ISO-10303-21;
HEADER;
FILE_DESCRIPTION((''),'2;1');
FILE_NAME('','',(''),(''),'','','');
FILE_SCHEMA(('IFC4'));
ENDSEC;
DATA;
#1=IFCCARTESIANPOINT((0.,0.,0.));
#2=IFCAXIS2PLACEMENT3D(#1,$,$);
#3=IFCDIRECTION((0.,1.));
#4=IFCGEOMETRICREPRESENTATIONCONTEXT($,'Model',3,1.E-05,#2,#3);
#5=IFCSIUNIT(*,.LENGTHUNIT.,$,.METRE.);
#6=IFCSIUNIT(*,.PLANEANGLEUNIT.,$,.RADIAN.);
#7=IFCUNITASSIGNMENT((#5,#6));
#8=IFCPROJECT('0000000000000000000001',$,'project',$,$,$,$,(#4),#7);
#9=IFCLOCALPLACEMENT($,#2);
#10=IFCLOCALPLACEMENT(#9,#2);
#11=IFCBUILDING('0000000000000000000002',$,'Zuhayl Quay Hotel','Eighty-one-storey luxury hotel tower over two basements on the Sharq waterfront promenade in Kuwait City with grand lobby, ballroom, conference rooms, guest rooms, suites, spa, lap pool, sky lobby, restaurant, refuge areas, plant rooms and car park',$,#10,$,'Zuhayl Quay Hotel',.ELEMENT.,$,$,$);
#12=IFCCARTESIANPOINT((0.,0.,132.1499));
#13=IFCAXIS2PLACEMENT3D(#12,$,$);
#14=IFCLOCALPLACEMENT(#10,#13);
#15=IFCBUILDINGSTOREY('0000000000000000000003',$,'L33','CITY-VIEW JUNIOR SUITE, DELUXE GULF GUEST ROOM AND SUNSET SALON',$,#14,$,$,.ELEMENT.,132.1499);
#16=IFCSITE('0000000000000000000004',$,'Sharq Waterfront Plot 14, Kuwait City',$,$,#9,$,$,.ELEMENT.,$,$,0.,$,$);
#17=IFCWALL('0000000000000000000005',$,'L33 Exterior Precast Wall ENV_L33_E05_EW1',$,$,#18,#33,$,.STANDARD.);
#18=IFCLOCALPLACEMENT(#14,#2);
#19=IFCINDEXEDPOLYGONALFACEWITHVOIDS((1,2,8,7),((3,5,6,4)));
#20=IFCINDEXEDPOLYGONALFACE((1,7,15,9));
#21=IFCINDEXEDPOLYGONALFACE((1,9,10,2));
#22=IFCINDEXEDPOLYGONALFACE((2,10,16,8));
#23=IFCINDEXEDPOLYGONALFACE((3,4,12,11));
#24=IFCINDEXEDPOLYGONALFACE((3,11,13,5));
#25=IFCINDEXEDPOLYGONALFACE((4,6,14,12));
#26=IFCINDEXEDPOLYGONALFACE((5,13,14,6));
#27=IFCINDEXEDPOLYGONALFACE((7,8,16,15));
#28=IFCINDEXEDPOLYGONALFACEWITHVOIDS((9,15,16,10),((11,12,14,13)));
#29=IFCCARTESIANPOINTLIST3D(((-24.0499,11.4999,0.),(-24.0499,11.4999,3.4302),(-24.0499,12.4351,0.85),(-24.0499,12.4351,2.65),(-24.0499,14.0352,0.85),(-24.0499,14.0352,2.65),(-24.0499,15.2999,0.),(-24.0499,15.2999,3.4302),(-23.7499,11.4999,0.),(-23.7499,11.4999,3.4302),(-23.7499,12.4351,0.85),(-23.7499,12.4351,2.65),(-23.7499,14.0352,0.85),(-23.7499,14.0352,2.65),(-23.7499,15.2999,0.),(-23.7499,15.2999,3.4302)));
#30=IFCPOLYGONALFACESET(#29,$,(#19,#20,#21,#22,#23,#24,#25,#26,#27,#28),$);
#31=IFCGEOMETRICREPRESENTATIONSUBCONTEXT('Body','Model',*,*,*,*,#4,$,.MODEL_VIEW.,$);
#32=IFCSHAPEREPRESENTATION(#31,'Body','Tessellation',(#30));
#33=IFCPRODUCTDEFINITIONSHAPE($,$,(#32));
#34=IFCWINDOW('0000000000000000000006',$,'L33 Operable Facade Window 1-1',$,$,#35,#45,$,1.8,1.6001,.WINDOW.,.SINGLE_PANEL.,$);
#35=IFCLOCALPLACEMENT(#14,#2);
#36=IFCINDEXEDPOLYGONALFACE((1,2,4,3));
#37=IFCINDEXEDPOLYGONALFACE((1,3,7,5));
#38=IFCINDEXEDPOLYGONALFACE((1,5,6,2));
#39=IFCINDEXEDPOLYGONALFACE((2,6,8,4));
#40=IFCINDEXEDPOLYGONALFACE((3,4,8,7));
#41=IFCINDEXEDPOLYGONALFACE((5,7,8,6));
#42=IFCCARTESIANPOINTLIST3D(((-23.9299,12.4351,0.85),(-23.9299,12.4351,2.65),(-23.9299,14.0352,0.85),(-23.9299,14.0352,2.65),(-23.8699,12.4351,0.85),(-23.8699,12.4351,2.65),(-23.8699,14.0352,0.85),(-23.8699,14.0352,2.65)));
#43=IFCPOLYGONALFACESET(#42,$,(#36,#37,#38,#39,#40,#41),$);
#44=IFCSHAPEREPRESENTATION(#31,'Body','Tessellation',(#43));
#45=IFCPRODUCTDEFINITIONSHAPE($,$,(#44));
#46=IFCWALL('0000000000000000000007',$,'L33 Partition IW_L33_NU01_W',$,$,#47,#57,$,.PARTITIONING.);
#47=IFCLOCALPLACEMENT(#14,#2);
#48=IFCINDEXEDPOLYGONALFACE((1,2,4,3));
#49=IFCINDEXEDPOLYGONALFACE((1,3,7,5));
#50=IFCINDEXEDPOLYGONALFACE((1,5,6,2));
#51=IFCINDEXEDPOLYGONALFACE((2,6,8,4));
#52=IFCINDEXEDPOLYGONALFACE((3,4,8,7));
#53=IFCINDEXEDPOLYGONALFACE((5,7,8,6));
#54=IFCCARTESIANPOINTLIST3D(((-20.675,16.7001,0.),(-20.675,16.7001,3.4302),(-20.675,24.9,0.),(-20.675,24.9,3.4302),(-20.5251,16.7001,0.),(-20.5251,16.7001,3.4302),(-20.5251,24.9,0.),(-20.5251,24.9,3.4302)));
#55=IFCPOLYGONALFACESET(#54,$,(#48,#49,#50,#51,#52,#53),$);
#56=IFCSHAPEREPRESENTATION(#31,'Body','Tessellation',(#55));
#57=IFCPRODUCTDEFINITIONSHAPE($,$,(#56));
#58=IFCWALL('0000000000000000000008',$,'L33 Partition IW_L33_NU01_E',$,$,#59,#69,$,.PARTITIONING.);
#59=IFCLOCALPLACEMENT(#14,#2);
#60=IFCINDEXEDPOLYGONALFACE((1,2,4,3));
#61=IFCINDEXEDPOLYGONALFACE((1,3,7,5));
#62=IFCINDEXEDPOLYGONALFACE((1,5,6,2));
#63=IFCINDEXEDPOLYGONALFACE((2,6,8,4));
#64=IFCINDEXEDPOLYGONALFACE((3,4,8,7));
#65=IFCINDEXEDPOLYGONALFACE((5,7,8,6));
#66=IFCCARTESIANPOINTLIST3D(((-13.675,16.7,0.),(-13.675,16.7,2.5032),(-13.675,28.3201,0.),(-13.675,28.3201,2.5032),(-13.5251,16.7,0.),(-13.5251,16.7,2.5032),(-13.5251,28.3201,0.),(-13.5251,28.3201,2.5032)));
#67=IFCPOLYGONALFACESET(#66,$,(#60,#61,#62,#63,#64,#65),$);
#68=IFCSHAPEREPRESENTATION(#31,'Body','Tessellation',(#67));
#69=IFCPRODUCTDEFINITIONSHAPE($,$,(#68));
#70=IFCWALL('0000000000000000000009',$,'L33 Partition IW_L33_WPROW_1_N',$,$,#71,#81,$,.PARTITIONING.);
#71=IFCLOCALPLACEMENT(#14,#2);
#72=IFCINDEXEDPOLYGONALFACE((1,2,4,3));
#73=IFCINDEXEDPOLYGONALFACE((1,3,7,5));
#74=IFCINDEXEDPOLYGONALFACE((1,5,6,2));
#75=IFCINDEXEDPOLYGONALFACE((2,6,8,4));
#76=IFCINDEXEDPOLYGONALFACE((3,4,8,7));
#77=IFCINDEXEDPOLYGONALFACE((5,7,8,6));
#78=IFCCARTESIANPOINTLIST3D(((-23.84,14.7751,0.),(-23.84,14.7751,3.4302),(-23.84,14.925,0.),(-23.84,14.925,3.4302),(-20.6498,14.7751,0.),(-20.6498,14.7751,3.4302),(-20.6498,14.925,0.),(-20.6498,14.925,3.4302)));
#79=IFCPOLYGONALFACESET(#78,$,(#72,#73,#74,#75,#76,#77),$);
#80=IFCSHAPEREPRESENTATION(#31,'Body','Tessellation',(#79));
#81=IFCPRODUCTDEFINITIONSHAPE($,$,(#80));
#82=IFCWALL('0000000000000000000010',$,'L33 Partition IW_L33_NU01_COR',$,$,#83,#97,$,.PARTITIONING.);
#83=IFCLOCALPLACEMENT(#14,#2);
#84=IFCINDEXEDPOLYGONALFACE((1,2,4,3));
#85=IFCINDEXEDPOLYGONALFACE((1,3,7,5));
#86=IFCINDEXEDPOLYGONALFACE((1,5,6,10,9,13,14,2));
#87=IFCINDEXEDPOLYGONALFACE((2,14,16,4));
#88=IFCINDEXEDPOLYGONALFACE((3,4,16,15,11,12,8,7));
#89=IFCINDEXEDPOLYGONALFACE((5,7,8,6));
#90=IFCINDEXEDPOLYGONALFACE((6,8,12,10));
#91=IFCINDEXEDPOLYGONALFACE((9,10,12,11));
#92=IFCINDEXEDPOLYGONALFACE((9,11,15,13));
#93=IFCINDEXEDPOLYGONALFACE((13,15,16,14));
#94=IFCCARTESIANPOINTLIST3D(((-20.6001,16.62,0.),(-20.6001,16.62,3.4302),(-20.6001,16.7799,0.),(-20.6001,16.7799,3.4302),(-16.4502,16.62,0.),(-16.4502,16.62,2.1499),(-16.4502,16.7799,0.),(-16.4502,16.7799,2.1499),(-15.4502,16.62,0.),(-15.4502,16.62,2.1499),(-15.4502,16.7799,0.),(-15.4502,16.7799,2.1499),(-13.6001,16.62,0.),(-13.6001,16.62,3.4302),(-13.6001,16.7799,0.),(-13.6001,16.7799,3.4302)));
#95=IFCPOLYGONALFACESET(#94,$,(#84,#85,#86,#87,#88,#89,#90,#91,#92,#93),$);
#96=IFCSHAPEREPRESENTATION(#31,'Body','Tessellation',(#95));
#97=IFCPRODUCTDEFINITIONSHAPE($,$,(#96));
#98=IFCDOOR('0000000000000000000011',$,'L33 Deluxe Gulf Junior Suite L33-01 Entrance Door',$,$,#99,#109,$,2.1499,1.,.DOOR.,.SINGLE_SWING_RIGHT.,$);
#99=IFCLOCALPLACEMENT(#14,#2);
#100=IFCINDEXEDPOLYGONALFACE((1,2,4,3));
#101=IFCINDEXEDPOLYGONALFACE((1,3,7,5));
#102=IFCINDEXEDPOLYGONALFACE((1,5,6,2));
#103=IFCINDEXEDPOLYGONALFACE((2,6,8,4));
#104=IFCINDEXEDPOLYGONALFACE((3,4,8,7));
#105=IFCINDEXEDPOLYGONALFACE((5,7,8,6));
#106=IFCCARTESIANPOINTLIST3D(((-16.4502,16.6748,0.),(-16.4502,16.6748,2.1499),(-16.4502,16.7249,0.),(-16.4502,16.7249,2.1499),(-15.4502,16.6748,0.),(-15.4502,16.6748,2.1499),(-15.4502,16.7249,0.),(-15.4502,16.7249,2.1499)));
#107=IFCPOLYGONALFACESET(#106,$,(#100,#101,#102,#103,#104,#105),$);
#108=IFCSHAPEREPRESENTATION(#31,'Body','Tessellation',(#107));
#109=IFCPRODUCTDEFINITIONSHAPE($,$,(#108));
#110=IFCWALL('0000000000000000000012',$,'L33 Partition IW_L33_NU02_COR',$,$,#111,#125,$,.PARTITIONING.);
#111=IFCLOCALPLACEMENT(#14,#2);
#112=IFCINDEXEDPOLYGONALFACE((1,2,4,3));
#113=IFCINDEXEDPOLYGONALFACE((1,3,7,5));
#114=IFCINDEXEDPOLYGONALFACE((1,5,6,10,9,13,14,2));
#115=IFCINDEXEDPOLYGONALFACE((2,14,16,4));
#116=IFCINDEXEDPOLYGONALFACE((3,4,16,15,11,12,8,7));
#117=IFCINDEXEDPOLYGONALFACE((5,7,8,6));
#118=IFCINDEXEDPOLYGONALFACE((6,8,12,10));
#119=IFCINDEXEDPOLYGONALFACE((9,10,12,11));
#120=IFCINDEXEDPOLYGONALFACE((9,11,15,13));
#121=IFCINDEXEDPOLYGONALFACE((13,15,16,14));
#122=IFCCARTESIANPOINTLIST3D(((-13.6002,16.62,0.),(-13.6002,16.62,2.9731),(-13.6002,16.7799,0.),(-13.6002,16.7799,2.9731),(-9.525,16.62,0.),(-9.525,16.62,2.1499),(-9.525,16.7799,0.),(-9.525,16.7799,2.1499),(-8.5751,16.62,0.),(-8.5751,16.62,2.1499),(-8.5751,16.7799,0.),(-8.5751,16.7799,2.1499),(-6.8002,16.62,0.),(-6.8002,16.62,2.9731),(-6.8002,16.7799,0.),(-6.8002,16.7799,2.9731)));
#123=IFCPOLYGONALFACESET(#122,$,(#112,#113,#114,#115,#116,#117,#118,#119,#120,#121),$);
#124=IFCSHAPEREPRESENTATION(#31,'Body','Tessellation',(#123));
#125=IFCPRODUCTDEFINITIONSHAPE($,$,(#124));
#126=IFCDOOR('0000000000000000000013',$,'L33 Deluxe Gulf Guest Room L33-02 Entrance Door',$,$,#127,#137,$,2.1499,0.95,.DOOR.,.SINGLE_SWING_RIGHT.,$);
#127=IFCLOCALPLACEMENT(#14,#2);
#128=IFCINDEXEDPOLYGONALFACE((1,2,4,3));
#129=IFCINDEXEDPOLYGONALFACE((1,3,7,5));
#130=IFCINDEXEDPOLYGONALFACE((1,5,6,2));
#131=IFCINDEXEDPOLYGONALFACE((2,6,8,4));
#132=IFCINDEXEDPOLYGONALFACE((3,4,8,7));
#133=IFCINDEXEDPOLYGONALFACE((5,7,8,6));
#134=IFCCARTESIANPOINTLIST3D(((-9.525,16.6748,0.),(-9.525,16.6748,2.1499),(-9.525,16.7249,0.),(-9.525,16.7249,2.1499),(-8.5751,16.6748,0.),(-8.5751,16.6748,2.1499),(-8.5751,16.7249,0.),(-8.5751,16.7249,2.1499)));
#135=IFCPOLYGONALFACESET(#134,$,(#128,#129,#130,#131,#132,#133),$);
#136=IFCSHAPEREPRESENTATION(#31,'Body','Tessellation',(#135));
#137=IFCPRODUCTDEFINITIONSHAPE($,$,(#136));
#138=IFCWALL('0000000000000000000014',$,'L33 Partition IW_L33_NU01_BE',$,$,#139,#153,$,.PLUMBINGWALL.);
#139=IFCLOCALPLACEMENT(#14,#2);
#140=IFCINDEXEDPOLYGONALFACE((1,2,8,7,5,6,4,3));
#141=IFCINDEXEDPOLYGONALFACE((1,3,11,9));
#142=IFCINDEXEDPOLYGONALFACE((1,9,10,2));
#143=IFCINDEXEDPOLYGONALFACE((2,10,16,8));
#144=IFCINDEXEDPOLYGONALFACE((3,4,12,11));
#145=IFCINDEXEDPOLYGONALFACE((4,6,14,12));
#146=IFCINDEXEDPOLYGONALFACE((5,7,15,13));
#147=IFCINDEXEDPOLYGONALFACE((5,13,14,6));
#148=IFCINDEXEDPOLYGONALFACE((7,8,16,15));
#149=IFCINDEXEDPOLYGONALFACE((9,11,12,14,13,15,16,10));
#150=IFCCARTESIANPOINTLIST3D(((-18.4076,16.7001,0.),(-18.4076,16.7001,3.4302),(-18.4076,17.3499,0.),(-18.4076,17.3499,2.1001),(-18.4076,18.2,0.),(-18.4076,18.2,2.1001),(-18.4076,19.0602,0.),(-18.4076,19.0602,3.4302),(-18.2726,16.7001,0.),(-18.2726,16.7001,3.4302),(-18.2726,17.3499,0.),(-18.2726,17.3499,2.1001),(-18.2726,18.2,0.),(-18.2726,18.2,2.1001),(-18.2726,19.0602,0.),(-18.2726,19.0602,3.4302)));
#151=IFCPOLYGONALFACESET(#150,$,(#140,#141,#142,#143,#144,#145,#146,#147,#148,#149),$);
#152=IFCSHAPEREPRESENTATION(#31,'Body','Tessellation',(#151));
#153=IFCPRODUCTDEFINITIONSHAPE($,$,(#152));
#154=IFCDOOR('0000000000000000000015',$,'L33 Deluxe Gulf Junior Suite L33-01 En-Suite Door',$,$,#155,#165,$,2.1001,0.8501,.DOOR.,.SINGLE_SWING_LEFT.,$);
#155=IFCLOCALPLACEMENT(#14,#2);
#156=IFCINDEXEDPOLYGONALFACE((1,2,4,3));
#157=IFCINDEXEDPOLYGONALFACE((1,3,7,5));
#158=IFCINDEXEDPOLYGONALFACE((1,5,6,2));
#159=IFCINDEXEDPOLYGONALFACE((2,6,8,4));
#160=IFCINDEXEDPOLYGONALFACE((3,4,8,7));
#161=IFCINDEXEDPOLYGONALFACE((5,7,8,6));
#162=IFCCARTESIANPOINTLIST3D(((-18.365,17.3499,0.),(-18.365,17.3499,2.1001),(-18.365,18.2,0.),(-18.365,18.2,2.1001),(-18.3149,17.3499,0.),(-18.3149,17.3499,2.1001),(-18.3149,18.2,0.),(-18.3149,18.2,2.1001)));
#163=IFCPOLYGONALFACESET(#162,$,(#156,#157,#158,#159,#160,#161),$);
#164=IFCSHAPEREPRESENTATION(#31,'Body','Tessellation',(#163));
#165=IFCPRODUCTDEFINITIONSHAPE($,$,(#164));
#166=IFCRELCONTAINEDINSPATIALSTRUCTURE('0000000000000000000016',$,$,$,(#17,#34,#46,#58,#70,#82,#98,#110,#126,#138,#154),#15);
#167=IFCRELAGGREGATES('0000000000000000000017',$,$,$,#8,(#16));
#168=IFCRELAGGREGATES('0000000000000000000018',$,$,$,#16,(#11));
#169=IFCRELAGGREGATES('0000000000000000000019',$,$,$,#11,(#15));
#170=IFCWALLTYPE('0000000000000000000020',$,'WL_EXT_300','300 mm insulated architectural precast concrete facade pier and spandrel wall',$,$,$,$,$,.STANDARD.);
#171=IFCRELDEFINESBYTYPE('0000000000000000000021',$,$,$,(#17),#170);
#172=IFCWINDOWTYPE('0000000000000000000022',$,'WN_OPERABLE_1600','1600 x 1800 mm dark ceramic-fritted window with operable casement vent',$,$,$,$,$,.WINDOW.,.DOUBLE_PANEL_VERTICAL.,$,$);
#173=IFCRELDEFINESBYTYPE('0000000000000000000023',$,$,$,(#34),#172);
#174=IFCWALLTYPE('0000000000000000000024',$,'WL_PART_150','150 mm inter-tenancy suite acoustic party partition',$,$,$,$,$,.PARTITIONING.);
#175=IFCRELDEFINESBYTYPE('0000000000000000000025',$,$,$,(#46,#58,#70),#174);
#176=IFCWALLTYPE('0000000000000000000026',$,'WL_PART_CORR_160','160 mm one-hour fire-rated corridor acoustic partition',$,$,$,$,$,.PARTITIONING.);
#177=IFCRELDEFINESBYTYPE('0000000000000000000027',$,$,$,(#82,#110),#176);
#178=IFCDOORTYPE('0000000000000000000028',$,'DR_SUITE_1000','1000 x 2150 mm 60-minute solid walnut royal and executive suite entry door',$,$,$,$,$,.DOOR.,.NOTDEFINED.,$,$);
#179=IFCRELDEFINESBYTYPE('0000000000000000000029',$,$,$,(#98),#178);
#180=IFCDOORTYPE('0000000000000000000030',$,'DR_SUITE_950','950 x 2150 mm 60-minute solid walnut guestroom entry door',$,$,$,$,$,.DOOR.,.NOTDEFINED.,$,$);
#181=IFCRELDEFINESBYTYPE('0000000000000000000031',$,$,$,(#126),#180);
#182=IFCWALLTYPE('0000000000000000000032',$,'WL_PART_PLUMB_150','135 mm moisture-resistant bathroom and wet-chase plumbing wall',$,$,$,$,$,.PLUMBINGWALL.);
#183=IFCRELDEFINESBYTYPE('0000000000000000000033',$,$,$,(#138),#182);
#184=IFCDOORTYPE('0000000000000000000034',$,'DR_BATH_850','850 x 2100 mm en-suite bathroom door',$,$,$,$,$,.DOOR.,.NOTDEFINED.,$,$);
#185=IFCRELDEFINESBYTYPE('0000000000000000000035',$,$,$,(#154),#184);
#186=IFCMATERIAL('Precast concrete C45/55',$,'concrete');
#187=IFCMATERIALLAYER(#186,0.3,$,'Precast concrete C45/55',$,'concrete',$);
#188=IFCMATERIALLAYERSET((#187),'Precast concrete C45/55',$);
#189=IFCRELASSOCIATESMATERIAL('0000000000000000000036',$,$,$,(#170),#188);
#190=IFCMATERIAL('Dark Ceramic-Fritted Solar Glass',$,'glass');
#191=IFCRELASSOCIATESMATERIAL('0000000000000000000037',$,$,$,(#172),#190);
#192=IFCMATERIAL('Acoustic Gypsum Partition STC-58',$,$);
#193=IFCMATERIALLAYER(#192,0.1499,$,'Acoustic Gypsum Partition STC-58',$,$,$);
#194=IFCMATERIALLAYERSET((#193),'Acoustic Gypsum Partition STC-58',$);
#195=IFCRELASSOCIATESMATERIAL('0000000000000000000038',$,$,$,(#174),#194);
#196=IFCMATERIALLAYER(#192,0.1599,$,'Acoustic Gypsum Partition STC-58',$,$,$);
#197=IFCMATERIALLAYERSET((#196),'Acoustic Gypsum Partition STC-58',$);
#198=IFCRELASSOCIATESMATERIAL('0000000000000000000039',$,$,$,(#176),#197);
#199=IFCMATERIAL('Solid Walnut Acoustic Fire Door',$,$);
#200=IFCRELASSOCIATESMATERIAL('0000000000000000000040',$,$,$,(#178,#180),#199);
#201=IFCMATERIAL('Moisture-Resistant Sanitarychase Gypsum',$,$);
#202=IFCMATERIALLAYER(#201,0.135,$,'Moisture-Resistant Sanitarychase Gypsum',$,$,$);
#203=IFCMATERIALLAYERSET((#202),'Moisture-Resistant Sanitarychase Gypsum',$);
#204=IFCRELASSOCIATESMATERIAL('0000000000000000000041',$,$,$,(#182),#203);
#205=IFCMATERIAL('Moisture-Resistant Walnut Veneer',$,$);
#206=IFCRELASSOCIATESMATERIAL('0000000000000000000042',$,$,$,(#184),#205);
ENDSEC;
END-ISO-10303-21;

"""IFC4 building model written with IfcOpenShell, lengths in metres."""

from ifc_helpers import new_model, si_unit, direction, frame, frame_2d, origin, place, context, subcontext, project, spatial, rectangle, extrude, material, layer, layer_set, type_object, element, fill, save


model = new_model("IFC4")

# Units and contexts
model_context = context("Model", 3, precision=1e-05, world=origin(), true_north=direction((0.0, 1.0)))
body_context = subcontext(model_context, "Body", "Model", "MODEL_VIEW")
ifc_project = project(units=[si_unit("LENGTHUNIT", "METRE"), si_unit("PLANEANGLEUNIT", "RADIAN")], contexts=[model_context])

# Site, building, storey
site_placement = place(None, origin())
site = spatial("IfcSite", under=ifc_project, at=site_placement, Name="Sharq Waterfront Plot 14, Kuwait City", CompositionType="ELEMENT", RefElevation=0.0)
building_placement = place(site_placement, origin())
building = spatial("IfcBuilding", under=site, at=building_placement, Name="Zuhayl Quay Hotel", Description="Eighty-one-storey luxury hotel tower over two basements on the Sharq waterfront promenade in Kuwait City with grand lobby, ballroom, conference rooms, guest rooms, suites, spa, lap pool, sky lobby, restaurant, refuge areas, plant rooms and car park", LongName="Zuhayl Quay Hotel", CompositionType="ELEMENT")
storey_placement = place(building_placement, frame((0.0, 0.0, 132.1499)))
storey = spatial("IfcBuildingStorey", under=building, at=storey_placement, Name="L33", Description="CITY-VIEW JUNIOR SUITE, DELUXE GULF GUEST ROOM AND SUNSET SALON", CompositionType="ELEMENT", Elevation=132.1499)

# Wall, opening, window
ifc_material_1 = material(Name="Precast concrete C45/55", Category="concrete")
ifc_layer_1 = layer(ifc_material_1, 0.3, Name="Precast concrete C45/55", Category="concrete")
ifc_layer_set_1 = layer_set([ifc_layer_1], Name="Precast concrete C45/55")
wall_type_1 = type_object("IfcWallType", Name="WL_EXT_300", Description="300 mm insulated architectural precast concrete facade pier and spandrel wall", PredefinedType="STANDARD", material=ifc_layer_set_1)
wall_1_placement = place(storey_placement, frame((-23.8999, 11.5, 0.0), z_axis=(0.0, 0.0, 1.0), x_axis=(0.0, 1.0, 0.0)))
wall_1 = element("IfcWall", 1, at=wall_1_placement, inside=storey, type_object=wall_type_1, Name="L33 Exterior Precast Wall ENV_L33_E05_EW1", PredefinedType="STANDARD", context=body_context, shape_type="SweptSolid", body=[
    extrude(rectangle(XDim=3.8, YDim=0.3, at=frame_2d((1.8999, 0.0))), origin(), (0.0, 0.0, 1.0), 3.4302),
])
opening_1_placement = place(wall_1_placement, frame((0.9351, 0.0, 0.8501)))
opening_1 = element("IfcOpeningElement", 2, at=opening_1_placement, cuts=wall_1, PredefinedType="OPENING", context=body_context, shape_type="SweptSolid", body=[
    extrude(rectangle(XDim=1.6001, YDim=1.8, at=frame_2d((0.8, 0.8999))), frame((0.0, 0.1599, 0.0), z_axis=(0.0, -1.0, 0.0), x_axis=(1.0, 0.0, 0.0)), (0.0, 0.0, 1.0), 0.3201),
])
ifc_material_2 = material(Name="Dark Ceramic-Fritted Solar Glass", Category="glass")
window_type = type_object("IfcWindowType", Name="WN_OPERABLE_1600", Description="1600 x 1800 mm dark ceramic-fritted window with operable casement vent", PartitioningType="DOUBLE_PANEL_VERTICAL", PredefinedType="WINDOW", material=ifc_material_2)
window_placement = place(opening_1_placement, origin())
window = element("IfcWindow", 3, at=window_placement, inside=storey, type_object=window_type, Name="L33 Operable Facade Window 1-1", OverallHeight=1.8, OverallWidth=1.6001, PartitioningType="SINGLE_PANEL", PredefinedType="WINDOW", context=body_context, shape_type="SweptSolid", body=[
    extrude(rectangle(XDim=1.6001, YDim=1.8, at=frame_2d((0.8, 0.8999))), frame((0.0, 0.03, 0.0), z_axis=(0.0, -1.0, 0.0), x_axis=(1.0, 0.0, 0.0)), (0.0, 0.0, 1.0), 0.0601),
])
fill(opening_1, window)

# Walls
ifc_material_3 = material(Name="Acoustic Gypsum Partition STC-58")
ifc_layer_2 = layer(ifc_material_3, 0.1499, Name="Acoustic Gypsum Partition STC-58")
ifc_layer_set_2 = layer_set([ifc_layer_2], Name="Acoustic Gypsum Partition STC-58")
wall_type_2 = type_object("IfcWallType", Name="WL_PART_150", Description="150 mm inter-tenancy suite acoustic party partition", PredefinedType="PARTITIONING", material=ifc_layer_set_2)
wall_2_placement = place(storey_placement, frame((-20.6001, 16.7, 0.0), z_axis=(0.0, 0.0, 1.0), x_axis=(0.0, 1.0, 0.0)))
element("IfcWall", 4, at=wall_2_placement, inside=storey, type_object=wall_type_2, Name="L33 Partition IW_L33_NU01_W", PredefinedType="PARTITIONING", context=body_context, shape_type="SweptSolid", body=[
    extrude(rectangle(XDim=8.2, YDim=0.1499, at=frame_2d((4.1001, 0.0))), origin(), (0.0, 0.0, 1.0), 3.4302),
])
wall_3_placement = place(storey_placement, frame((-13.6001, 16.7, 0.0), z_axis=(0.0, 0.0, 1.0), x_axis=(0.0, 1.0, 0.0)))
element("IfcWall", 5, at=wall_3_placement, inside=storey, type_object=wall_type_2, Name="L33 Partition IW_L33_NU01_E", PredefinedType="PARTITIONING", context=body_context, shape_type="SweptSolid", body=[
    extrude(rectangle(XDim=11.6201, YDim=0.1499, at=frame_2d((5.8101, 0.0))), origin(), (0.0, 0.0, 1.0), 2.5032),
])
wall_4_placement = place(storey_placement, frame((-23.8401, 14.8501, 0.0), z_axis=(0.0, 0.0, 1.0), x_axis=(1.0, 0.0, 0.0)))
element("IfcWall", 6, at=wall_4_placement, inside=storey, type_object=wall_type_2, Name="L33 Partition IW_L33_WPROW_1_N", PredefinedType="PARTITIONING", context=body_context, shape_type="SweptSolid", body=[
    extrude(rectangle(XDim=3.1902, YDim=0.1499, at=frame_2d((1.5952, 0.0))), origin(), (0.0, 0.0, 1.0), 3.4302),
])

# Walls, openings, doors
ifc_layer_3 = layer(ifc_material_3, 0.1599, Name="Acoustic Gypsum Partition STC-58")
ifc_layer_set_3 = layer_set([ifc_layer_3], Name="Acoustic Gypsum Partition STC-58")
wall_type_3 = type_object("IfcWallType", Name="WL_PART_CORR_160", Description="160 mm one-hour fire-rated corridor acoustic partition", PredefinedType="PARTITIONING", material=ifc_layer_set_3)
wall_5_placement = place(storey_placement, frame((-20.6001, 16.7, 0.0), z_axis=(0.0, 0.0, 1.0), x_axis=(1.0, 0.0, 0.0)))
wall_5 = element("IfcWall", 7, at=wall_5_placement, inside=storey, type_object=wall_type_3, Name="L33 Partition IW_L33_NU01_COR", PredefinedType="PARTITIONING", context=body_context, shape_type="SweptSolid", body=[
    extrude(rectangle(XDim=7.0, YDim=0.1599, at=frame_2d((3.5, 0.0))), origin(), (0.0, 0.0, 1.0), 3.4302),
])
opening_2_placement = place(wall_5_placement, frame((4.1499, 0.0, 0.0)))
opening_2 = element("IfcOpeningElement", 8, at=opening_2_placement, cuts=wall_5, PredefinedType="OPENING", context=body_context, shape_type="SweptSolid", body=[
    extrude(rectangle(XDim=1.0, YDim=2.1499, at=frame_2d((0.5, 1.075))), frame((0.0, 0.0898, 0.0), z_axis=(0.0, -1.0, 0.0), x_axis=(1.0, 0.0, 0.0)), (0.0, 0.0, 1.0), 0.1799),
])
ifc_material_4 = material(Name="Solid Walnut Acoustic Fire Door")
door_type_1 = type_object("IfcDoorType", Name="DR_SUITE_1000", Description="1000 x 2150 mm 60-minute solid walnut royal and executive suite entry door", OperationType="NOTDEFINED", PredefinedType="DOOR", material=ifc_material_4)
door_1_placement = place(opening_2_placement, origin())
door_1 = element("IfcDoor", 9, at=door_1_placement, inside=storey, type_object=door_type_1, Name="L33 Deluxe Gulf Junior Suite L33-01 Entrance Door", OperationType="SINGLE_SWING_RIGHT", OverallHeight=2.1499, OverallWidth=1.0, PredefinedType="DOOR", context=body_context, shape_type="SweptSolid", body=[
    extrude(rectangle(XDim=1.0, YDim=2.1499, at=frame_2d((0.5, 1.075))), frame((0.0, 0.0249, 0.0), z_axis=(0.0, -1.0, 0.0), x_axis=(1.0, 0.0, 0.0)), (0.0, 0.0, 1.0), 0.05),
])
fill(opening_2, door_1)
wall_6_placement = place(storey_placement, frame((-13.6001, 16.7, 0.0), z_axis=(0.0, 0.0, 1.0), x_axis=(1.0, 0.0, 0.0)))
wall_6 = element("IfcWall", 10, at=wall_6_placement, inside=storey, type_object=wall_type_3, Name="L33 Partition IW_L33_NU02_COR", PredefinedType="PARTITIONING", context=body_context, shape_type="SweptSolid", body=[
    extrude(rectangle(XDim=6.8, YDim=0.1599, at=frame_2d((3.3999, 0.0))), origin(), (0.0, 0.0, 1.0), 2.9731),
])
opening_3_placement = place(wall_6_placement, frame((4.075, 0.0, 0.0)))
opening_3 = element("IfcOpeningElement", 11, at=opening_3_placement, cuts=wall_6, PredefinedType="OPENING", context=body_context, shape_type="SweptSolid", body=[
    extrude(rectangle(XDim=0.95, YDim=2.1499, at=frame_2d((0.4751, 1.075))), frame((0.0, 0.0898, 0.0), z_axis=(0.0, -1.0, 0.0), x_axis=(1.0, 0.0, 0.0)), (0.0, 0.0, 1.0), 0.1799),
])
door_type_2 = type_object("IfcDoorType", Name="DR_SUITE_950", Description="950 x 2150 mm 60-minute solid walnut guestroom entry door", OperationType="NOTDEFINED", PredefinedType="DOOR", material=ifc_material_4)
door_2_placement = place(opening_3_placement, origin())
door_2 = element("IfcDoor", 12, at=door_2_placement, inside=storey, type_object=door_type_2, Name="L33 Deluxe Gulf Guest Room L33-02 Entrance Door", OperationType="SINGLE_SWING_RIGHT", OverallHeight=2.1499, OverallWidth=0.95, PredefinedType="DOOR", context=body_context, shape_type="SweptSolid", body=[
    extrude(rectangle(XDim=0.95, YDim=2.1499, at=frame_2d((0.4751, 1.075))), frame((0.0, 0.0249, 0.0), z_axis=(0.0, -1.0, 0.0), x_axis=(1.0, 0.0, 0.0)), (0.0, 0.0, 1.0), 0.05),
])
fill(opening_3, door_2)
ifc_material_5 = material(Name="Moisture-Resistant Sanitarychase Gypsum")
ifc_layer_4 = layer(ifc_material_5, 0.135, Name="Moisture-Resistant Sanitarychase Gypsum")
ifc_layer_set_4 = layer_set([ifc_layer_4], Name="Moisture-Resistant Sanitarychase Gypsum")
wall_type_4 = type_object("IfcWallType", Name="WL_PART_PLUMB_150", Description="135 mm moisture-resistant bathroom and wet-chase plumbing wall", PredefinedType="PLUMBINGWALL", material=ifc_layer_set_4)
wall_7_placement = place(storey_placement, frame((-18.3401, 16.7, 0.0), z_axis=(0.0, 0.0, 1.0), x_axis=(0.0, 1.0, 0.0)))
wall_7 = element("IfcWall", 13, at=wall_7_placement, inside=storey, type_object=wall_type_4, Name="L33 Partition IW_L33_NU01_BE", PredefinedType="PLUMBINGWALL", context=body_context, shape_type="SweptSolid", body=[
    extrude(rectangle(XDim=2.3601, YDim=0.135, at=frame_2d((1.1802, 0.0))), origin(), (0.0, 0.0, 1.0), 3.4302),
])
opening_4_placement = place(wall_7_placement, frame((0.6499, 0.0, 0.0)))
opening_4 = element("IfcOpeningElement", 14, at=opening_4_placement, cuts=wall_7, PredefinedType="OPENING", context=body_context, shape_type="SweptSolid", body=[
    extrude(rectangle(XDim=0.8501, YDim=2.1001, at=frame_2d((0.425, 1.05))), frame((0.0, 0.0774, 0.0), z_axis=(0.0, -1.0, 0.0), x_axis=(1.0, 0.0, 0.0)), (0.0, 0.0, 1.0), 0.155),
])
ifc_material_6 = material(Name="Moisture-Resistant Walnut Veneer")
door_type_3 = type_object("IfcDoorType", Name="DR_BATH_850", Description="850 x 2100 mm en-suite bathroom door", OperationType="NOTDEFINED", PredefinedType="DOOR", material=ifc_material_6)
door_3_placement = place(opening_4_placement, origin())
door_3 = element("IfcDoor", 15, at=door_3_placement, inside=storey, type_object=door_type_3, Name="L33 Deluxe Gulf Junior Suite L33-01 En-Suite Door", OperationType="SINGLE_SWING_LEFT", OverallHeight=2.1001, OverallWidth=0.8501, PredefinedType="DOOR", context=body_context, shape_type="SweptSolid", body=[
    extrude(rectangle(XDim=0.8501, YDim=2.1001, at=frame_2d((0.425, 1.05))), frame((0.0, 0.0249, 0.0), z_axis=(0.0, -1.0, 0.0), x_axis=(1.0, 0.0, 0.0)), (0.0, 0.0, 1.0), 0.05),
])
fill(opening_4, door_3)

save(model, "model.ifc")
